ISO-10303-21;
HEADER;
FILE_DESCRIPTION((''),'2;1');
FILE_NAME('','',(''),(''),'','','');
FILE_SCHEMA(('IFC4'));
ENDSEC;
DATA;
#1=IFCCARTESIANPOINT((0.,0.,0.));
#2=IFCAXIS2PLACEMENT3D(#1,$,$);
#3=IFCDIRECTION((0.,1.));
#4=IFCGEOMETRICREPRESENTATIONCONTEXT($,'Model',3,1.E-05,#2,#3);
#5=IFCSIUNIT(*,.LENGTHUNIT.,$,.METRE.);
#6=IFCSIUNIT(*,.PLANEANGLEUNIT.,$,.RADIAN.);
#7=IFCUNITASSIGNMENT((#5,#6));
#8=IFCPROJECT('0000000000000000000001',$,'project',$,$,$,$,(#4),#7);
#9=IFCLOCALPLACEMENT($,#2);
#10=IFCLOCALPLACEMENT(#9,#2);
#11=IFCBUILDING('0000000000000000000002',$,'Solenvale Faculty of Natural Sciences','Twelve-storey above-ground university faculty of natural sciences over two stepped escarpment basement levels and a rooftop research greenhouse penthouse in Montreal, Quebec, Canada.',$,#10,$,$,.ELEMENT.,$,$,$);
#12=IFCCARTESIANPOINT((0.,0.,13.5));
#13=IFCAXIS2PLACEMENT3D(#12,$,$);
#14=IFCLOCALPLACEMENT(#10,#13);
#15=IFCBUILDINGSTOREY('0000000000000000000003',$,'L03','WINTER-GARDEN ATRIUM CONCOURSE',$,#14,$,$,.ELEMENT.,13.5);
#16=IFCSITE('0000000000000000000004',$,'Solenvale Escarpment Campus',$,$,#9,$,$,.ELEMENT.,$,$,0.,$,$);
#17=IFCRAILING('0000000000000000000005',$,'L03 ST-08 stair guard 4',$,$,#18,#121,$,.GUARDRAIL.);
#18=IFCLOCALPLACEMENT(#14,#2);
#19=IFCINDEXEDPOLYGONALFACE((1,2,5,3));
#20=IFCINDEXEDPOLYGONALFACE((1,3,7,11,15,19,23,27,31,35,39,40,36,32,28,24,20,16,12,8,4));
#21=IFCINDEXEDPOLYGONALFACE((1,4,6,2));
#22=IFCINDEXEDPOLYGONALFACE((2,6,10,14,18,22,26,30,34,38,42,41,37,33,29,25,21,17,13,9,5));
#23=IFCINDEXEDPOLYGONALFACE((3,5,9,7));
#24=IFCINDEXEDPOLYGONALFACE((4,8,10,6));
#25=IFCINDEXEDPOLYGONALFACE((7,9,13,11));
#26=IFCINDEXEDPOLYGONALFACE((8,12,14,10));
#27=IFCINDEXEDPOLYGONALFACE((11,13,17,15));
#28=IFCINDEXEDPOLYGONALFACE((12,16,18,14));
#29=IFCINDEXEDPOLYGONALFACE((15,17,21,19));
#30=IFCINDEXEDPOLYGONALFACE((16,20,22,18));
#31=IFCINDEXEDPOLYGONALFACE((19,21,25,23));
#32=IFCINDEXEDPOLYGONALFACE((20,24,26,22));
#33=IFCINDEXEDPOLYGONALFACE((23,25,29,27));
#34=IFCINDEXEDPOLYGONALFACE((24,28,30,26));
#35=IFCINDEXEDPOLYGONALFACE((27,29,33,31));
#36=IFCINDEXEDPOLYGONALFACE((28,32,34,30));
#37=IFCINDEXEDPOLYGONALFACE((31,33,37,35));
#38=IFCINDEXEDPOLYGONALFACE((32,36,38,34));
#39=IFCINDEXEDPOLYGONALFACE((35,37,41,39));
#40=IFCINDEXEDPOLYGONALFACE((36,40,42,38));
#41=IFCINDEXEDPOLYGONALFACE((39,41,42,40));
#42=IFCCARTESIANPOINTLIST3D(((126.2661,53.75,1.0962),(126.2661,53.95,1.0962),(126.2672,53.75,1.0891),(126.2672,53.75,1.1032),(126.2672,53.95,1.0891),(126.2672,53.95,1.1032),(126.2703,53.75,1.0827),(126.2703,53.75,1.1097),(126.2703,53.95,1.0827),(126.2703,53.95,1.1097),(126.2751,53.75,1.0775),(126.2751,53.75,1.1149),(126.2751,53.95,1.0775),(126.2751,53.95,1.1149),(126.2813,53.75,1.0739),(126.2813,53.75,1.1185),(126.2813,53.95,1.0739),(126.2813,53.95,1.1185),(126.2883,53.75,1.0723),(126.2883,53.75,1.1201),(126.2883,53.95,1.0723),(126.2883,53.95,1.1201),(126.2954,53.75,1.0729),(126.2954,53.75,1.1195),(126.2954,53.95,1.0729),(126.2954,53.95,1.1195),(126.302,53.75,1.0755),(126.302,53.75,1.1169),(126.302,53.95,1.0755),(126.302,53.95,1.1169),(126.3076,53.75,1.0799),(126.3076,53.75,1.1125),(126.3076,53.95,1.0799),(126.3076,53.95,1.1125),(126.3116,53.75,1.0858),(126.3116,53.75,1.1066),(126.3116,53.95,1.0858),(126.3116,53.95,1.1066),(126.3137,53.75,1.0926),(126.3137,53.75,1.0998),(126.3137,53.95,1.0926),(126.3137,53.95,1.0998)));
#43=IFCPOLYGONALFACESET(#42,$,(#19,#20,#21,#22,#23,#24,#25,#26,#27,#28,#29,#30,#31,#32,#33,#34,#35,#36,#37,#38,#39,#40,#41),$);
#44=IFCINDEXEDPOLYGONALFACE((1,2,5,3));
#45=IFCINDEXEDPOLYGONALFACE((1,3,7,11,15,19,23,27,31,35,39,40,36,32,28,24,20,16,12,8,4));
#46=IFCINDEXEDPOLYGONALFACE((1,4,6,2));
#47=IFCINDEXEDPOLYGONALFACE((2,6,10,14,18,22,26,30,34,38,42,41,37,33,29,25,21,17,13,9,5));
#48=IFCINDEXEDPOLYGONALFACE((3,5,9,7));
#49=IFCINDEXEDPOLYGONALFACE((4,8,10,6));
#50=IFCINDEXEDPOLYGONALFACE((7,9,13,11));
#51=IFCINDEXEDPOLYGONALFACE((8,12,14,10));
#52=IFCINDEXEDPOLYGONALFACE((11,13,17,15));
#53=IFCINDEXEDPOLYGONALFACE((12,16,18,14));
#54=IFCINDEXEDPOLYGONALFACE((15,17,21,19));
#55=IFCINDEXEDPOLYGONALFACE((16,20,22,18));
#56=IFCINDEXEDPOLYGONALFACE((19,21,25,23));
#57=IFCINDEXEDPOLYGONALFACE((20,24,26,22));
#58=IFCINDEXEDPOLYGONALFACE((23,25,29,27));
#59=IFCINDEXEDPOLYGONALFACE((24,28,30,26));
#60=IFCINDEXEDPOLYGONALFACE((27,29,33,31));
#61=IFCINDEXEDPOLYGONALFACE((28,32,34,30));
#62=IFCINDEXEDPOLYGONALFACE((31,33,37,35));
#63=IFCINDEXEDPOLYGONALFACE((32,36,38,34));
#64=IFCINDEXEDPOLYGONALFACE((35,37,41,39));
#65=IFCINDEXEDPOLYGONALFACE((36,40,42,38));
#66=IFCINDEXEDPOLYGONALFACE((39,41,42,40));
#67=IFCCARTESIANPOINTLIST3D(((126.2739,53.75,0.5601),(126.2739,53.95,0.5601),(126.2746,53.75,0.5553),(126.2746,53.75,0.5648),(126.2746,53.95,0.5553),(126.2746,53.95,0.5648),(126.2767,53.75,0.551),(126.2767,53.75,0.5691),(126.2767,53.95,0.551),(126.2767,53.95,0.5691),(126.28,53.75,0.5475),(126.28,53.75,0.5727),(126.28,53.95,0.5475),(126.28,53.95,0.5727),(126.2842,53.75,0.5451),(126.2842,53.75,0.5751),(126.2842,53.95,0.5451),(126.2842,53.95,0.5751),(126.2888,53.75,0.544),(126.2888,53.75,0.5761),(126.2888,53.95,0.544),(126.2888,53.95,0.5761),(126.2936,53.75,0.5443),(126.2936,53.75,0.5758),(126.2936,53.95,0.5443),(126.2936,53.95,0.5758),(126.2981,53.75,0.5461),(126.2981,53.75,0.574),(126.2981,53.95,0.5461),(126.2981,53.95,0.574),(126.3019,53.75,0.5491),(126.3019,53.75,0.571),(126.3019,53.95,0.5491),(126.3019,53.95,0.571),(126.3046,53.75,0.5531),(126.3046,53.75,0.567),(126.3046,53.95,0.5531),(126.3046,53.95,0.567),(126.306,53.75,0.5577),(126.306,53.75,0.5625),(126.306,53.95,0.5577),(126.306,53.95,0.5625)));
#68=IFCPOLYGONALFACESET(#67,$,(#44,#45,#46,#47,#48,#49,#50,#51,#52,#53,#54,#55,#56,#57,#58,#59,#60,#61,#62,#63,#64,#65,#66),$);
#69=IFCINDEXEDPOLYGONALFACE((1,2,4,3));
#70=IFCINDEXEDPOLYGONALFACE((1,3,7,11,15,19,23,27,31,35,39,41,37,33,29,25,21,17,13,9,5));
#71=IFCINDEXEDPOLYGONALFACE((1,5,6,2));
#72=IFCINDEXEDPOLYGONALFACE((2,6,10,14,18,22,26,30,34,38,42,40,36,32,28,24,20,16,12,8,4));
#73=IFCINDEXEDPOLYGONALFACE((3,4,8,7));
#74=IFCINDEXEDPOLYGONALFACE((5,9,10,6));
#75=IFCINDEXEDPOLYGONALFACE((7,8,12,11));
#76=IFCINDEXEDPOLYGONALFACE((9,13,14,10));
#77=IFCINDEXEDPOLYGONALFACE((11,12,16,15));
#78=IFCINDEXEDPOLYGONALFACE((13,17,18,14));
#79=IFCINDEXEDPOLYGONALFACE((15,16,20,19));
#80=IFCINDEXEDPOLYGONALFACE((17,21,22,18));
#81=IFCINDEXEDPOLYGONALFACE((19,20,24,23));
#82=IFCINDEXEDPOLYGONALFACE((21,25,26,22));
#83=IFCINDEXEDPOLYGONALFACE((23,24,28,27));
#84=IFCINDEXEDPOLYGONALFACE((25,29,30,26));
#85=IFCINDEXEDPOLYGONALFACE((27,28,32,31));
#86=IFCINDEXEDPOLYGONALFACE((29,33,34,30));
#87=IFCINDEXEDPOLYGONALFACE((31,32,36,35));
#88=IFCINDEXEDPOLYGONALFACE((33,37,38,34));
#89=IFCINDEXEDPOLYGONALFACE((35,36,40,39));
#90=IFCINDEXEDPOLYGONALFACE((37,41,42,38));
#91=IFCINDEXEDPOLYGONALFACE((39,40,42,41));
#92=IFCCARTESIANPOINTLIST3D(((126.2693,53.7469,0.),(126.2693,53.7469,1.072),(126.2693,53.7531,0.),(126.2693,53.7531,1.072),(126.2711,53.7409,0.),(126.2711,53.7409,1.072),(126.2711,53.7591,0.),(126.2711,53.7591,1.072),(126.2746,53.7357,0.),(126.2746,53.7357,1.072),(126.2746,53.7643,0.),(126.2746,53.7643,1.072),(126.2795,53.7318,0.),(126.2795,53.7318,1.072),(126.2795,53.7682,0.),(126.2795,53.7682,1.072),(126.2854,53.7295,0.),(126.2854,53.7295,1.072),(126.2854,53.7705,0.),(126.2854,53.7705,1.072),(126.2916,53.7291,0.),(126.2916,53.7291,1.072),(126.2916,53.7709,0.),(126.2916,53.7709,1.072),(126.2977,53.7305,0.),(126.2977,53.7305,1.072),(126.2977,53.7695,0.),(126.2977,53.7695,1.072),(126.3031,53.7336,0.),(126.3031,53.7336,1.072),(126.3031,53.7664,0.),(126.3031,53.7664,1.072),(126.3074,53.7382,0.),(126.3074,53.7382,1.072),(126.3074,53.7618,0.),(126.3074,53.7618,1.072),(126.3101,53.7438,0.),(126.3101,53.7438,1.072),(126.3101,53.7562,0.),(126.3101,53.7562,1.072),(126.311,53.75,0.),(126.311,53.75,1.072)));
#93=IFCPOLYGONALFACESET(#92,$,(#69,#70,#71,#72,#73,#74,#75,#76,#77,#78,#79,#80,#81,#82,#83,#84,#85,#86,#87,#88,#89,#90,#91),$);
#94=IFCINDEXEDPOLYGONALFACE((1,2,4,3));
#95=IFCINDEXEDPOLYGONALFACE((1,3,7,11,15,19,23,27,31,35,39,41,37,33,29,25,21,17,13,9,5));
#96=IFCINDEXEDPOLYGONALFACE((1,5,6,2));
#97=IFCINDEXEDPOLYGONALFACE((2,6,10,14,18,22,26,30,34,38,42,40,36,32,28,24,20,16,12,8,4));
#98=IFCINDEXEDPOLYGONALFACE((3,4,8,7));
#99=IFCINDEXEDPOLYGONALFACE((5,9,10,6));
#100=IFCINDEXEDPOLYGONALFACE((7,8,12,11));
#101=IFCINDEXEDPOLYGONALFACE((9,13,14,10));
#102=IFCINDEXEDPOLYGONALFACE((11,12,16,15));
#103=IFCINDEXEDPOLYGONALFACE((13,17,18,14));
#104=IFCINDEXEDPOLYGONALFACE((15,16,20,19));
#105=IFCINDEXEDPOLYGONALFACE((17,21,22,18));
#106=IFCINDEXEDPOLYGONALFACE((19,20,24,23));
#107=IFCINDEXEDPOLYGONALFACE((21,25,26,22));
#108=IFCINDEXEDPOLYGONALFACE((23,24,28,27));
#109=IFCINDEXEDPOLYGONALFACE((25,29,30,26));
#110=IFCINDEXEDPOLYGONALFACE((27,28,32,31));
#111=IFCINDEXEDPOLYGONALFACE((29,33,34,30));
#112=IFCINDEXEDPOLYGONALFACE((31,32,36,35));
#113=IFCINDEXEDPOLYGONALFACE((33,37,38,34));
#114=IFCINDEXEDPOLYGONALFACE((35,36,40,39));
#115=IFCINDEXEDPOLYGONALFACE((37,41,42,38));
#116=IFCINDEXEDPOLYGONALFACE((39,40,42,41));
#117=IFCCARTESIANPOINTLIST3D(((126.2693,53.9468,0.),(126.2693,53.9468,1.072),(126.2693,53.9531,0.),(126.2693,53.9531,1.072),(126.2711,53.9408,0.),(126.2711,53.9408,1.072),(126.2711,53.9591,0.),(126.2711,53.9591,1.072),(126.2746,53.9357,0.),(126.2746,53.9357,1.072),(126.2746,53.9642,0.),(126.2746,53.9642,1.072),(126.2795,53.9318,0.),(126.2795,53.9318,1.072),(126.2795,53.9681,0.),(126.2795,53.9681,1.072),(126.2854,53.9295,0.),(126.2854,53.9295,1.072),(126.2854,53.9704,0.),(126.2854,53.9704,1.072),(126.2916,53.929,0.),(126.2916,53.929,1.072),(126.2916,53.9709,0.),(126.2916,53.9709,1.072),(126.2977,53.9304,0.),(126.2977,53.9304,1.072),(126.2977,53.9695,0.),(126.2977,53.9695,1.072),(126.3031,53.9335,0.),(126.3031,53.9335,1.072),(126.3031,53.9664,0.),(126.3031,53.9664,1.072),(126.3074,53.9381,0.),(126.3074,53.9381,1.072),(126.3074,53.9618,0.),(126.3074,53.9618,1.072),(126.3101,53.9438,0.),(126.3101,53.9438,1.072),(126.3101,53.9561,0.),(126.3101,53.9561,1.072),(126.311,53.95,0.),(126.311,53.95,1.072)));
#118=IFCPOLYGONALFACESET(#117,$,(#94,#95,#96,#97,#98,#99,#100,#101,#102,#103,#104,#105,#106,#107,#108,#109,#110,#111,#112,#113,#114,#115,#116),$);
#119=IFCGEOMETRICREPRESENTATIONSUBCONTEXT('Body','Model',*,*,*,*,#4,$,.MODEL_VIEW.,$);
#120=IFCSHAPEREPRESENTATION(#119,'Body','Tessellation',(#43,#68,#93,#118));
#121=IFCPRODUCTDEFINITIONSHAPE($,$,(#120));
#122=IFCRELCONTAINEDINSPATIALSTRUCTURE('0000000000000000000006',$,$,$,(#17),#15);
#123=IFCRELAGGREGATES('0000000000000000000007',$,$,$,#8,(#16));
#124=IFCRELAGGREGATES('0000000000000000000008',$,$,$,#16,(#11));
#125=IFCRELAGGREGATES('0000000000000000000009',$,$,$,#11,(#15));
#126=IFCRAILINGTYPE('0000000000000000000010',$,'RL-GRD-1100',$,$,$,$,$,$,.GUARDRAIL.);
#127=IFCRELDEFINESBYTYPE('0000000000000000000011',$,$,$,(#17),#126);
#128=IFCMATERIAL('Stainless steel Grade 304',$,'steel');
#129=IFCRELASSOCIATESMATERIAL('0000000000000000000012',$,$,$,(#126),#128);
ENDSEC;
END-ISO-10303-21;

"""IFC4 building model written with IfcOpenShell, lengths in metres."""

from ifc_helpers import new_model, si_unit, direction, frame, origin, origin_2d, place, context, subcontext, project, spatial, circle, extrude, material, type_object, element, save


model = new_model("IFC4")

# Units and contexts
model_context = context("Model", 3, precision=1e-05, world=origin(), true_north=direction((0.0, 1.0)))
body_context = subcontext(model_context, "Body", "Model", "MODEL_VIEW")
ifc_project = project(units=[si_unit("LENGTHUNIT", "METRE"), si_unit("PLANEANGLEUNIT", "RADIAN")], contexts=[model_context])

# Site, building, storey
site_placement = place(None, origin())
site = spatial("IfcSite", under=ifc_project, at=site_placement, Name="Solenvale Escarpment Campus", CompositionType="ELEMENT", RefElevation=0.0)
building_placement = place(site_placement, origin())
building = spatial("IfcBuilding", under=site, at=building_placement, Name="Solenvale Faculty of Natural Sciences", Description="Twelve-storey above-ground university faculty of natural sciences over two stepped escarpment basement levels and a rooftop research greenhouse penthouse in Montreal, Quebec, Canada.", CompositionType="ELEMENT")
storey_placement = place(building_placement, frame((0.0, 0.0, 13.5)))
storey = spatial("IfcBuildingStorey", under=building, at=storey_placement, Name="L03", Description="WINTER-GARDEN ATRIUM CONCOURSE", CompositionType="ELEMENT", Elevation=13.5)

# Railing
ifc_material_1 = material(Name="Stainless steel Grade 304", Category="steel")
railing_type_1 = type_object("IfcRailingType", Name="RL-GRD-1100", PredefinedType="GUARDRAIL", material=ifc_material_1)
railing_1_placement = place(storey_placement, frame((126.29, 53.75, 0.0)))
element("IfcRailing", 1, at=railing_1_placement, inside=storey, type_object=railing_type_1, Name="L03 ST-08 stair guard 4", PredefinedType="GUARDRAIL", context=body_context, shape_type="SweptSolid", body=[
    extrude(circle(Radius=0.0239, at=origin_2d()), frame((0.0, 0.0, 1.0962), z_axis=(0.0, 1.0, 0.0), x_axis=(-1.0, 0.0, 0.0)), (0.0, 0.0, 1.0), 0.2),
    extrude(circle(Radius=0.0161, at=origin_2d()), frame((0.0, 0.0, 0.5601), z_axis=(0.0, 1.0, 0.0), x_axis=(-1.0, 0.0, 0.0)), (0.0, 0.0, 1.0), 0.2),
    extrude(circle(Radius=0.021, at=origin_2d()), origin(), (0.0, 0.0, 1.0), 1.072),
    extrude(circle(Radius=0.021, at=origin_2d()), frame((0.0, 0.2, 0.0)), (0.0, 0.0, 1.0), 1.072),
])

save(model, "model.ifc")
